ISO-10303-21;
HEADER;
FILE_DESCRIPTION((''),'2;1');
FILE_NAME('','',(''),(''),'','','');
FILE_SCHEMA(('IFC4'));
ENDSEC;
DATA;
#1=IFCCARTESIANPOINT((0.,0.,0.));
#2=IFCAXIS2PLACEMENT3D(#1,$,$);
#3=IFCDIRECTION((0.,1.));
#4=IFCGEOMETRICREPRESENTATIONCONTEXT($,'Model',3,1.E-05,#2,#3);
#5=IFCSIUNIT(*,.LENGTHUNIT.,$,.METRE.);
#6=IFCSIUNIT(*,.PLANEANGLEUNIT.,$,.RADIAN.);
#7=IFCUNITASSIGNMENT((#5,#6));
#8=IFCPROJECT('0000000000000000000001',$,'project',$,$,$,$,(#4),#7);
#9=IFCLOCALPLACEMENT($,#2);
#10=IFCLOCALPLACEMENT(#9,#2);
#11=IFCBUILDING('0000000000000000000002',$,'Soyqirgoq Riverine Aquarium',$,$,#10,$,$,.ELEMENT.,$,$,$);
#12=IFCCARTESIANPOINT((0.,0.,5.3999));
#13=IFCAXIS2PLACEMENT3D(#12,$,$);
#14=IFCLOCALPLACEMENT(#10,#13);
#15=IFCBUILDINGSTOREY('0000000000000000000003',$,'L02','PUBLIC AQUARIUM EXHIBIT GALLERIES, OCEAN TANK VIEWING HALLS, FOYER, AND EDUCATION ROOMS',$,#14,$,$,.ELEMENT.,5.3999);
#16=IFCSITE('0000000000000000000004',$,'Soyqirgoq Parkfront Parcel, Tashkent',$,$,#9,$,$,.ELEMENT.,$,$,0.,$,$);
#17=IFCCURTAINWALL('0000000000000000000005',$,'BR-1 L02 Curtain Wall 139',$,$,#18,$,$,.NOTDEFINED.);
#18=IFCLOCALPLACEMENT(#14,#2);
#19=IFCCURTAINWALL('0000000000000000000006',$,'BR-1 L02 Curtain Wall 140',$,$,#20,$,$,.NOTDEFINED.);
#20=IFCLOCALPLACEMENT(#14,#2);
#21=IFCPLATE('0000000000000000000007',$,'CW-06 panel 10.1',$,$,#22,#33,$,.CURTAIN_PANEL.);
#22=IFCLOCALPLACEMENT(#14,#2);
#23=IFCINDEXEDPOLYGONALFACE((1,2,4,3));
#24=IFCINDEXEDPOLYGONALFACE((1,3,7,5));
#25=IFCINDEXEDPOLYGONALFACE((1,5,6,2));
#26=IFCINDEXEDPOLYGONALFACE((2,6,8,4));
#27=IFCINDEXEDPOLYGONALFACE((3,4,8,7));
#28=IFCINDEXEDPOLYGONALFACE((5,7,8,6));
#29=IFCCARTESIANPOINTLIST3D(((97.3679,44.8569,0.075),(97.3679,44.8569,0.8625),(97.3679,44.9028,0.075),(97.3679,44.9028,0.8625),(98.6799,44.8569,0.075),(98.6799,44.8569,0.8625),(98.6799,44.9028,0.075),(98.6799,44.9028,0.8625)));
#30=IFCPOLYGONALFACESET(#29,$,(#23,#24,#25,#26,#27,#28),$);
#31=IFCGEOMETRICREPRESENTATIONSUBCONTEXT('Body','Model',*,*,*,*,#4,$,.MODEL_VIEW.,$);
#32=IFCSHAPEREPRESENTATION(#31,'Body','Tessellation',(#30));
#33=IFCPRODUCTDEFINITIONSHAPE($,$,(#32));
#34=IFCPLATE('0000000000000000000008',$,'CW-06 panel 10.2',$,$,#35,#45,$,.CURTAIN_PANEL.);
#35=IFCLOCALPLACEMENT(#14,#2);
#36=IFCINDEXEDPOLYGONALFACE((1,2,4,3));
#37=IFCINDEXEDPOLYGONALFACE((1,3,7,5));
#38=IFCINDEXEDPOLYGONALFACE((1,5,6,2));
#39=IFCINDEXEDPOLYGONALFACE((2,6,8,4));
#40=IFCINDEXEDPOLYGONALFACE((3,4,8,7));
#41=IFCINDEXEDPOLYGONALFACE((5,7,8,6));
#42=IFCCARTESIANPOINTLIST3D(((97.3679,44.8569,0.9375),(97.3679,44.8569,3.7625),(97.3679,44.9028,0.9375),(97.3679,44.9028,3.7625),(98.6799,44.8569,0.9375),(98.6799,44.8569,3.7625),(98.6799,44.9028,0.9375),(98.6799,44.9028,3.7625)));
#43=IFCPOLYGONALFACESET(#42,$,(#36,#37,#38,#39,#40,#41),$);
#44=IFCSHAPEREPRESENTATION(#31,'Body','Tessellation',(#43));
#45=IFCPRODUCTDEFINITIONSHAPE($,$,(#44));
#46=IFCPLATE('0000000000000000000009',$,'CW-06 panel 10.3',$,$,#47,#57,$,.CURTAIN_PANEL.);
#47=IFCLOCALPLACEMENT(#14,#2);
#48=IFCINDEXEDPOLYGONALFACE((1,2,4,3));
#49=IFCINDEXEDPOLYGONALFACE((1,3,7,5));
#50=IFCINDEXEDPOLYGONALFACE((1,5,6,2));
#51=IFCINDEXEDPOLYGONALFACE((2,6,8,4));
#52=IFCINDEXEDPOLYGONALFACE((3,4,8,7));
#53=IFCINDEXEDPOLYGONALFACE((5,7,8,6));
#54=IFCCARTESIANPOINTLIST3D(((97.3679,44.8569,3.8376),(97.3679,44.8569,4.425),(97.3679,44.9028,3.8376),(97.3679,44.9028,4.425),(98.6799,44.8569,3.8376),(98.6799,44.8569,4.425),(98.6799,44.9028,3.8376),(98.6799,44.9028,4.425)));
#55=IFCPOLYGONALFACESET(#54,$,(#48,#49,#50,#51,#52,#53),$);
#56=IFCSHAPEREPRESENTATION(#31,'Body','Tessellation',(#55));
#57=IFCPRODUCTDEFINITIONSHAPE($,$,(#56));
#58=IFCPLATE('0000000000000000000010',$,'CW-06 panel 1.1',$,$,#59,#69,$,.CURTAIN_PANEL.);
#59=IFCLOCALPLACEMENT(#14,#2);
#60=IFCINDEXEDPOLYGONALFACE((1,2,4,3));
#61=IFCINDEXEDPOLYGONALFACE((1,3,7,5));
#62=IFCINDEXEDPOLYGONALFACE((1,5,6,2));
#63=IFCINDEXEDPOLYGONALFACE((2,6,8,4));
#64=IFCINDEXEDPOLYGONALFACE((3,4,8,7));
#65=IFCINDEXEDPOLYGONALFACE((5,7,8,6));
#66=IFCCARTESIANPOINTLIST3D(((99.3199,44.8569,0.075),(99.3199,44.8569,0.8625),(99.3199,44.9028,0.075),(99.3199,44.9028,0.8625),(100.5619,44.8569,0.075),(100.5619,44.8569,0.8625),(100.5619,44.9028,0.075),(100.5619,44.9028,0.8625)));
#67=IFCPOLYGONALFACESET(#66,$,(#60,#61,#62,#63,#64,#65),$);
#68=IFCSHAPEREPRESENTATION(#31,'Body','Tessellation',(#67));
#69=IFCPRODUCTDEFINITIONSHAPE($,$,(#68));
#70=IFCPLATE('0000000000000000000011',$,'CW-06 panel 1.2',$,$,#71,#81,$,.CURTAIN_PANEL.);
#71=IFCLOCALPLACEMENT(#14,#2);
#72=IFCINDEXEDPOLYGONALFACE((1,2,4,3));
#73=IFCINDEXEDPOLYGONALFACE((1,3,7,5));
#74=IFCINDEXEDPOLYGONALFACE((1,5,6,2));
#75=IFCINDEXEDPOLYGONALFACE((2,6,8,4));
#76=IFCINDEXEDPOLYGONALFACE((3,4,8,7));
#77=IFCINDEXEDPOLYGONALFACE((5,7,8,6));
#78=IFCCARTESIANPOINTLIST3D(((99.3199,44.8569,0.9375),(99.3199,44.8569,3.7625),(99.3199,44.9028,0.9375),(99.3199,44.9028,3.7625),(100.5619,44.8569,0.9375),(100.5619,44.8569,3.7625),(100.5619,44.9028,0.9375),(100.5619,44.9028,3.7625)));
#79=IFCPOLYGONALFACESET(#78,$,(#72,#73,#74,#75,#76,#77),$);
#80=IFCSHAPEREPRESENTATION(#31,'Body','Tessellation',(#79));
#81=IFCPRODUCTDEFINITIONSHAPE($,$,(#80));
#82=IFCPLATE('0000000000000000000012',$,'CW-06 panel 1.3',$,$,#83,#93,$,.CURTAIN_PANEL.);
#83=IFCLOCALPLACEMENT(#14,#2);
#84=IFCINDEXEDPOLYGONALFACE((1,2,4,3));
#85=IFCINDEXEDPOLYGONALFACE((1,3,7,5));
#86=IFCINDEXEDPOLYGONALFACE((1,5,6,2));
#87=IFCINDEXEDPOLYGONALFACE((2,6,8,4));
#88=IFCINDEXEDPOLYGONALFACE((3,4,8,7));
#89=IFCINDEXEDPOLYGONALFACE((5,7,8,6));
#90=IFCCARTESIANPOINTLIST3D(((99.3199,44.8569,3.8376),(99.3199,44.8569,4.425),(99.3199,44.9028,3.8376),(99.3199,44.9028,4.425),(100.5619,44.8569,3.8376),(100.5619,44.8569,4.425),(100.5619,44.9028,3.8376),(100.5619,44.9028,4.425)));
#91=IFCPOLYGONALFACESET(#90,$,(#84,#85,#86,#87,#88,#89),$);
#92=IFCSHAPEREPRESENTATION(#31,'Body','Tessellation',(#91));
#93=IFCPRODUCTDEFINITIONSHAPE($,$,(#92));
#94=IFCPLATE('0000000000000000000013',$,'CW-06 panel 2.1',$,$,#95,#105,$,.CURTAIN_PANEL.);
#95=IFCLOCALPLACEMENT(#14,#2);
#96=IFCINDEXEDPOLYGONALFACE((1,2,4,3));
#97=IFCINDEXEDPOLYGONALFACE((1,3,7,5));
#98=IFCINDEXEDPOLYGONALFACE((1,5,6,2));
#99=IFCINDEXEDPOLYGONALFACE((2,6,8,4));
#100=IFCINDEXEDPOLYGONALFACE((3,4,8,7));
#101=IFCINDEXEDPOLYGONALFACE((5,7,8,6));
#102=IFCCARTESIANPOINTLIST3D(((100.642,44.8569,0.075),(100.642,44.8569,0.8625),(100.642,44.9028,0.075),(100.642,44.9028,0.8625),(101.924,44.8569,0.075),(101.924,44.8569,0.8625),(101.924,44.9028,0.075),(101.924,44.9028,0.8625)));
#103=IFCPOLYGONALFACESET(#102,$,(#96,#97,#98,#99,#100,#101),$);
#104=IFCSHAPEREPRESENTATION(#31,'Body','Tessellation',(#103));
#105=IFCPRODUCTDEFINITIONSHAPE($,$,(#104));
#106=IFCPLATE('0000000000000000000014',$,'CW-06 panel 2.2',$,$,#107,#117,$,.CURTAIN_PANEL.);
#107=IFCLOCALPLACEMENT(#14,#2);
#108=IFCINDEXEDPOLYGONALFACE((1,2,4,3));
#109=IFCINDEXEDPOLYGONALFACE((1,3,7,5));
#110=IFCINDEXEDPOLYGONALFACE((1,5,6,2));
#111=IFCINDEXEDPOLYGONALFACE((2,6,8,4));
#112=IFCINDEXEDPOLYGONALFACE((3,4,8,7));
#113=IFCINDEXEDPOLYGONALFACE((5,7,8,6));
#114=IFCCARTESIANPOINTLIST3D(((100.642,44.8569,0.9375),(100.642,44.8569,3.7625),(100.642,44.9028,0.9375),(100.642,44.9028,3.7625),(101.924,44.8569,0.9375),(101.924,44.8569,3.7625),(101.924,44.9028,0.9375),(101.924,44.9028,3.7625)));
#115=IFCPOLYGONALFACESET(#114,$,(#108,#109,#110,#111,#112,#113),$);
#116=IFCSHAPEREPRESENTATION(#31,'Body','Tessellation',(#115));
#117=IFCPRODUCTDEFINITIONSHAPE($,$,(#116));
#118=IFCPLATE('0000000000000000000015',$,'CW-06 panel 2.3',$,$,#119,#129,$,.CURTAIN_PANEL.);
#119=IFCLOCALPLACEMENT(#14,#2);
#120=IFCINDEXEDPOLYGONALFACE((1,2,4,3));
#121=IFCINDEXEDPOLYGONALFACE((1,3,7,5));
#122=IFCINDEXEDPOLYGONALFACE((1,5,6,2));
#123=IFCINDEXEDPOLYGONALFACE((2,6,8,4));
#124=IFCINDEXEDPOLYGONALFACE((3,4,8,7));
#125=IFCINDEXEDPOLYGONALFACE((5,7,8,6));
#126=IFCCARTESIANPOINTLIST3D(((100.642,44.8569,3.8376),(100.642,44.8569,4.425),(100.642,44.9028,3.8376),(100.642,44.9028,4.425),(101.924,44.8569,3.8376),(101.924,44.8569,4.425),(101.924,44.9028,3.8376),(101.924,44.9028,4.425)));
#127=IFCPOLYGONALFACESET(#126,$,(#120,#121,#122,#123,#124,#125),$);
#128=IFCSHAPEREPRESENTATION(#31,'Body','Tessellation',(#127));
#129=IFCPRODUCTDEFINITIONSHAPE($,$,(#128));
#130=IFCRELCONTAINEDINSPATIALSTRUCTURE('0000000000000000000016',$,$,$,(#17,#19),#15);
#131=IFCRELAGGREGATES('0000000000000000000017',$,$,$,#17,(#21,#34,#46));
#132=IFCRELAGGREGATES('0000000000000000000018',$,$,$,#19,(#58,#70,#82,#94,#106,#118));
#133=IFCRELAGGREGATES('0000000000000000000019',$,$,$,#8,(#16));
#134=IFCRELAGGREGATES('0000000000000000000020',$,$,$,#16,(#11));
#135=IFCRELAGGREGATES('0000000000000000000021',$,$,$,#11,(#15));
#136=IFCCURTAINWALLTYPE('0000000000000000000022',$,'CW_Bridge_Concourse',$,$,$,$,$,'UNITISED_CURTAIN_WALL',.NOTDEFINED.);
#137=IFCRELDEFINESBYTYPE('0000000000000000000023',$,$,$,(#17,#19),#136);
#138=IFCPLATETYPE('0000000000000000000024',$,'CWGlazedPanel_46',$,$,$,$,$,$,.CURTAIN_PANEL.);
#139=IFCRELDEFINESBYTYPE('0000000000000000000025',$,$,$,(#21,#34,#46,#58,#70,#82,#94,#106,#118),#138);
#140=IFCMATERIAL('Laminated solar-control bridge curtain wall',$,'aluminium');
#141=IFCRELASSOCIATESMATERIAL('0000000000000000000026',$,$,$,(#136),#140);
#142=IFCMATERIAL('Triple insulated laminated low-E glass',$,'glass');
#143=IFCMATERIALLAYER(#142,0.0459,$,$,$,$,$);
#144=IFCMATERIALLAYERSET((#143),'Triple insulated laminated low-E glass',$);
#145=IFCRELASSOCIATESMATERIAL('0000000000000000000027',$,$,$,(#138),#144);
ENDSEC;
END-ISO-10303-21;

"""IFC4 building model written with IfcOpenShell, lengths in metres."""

from ifc_helpers import new_model, si_unit, direction, frame, origin, origin_2d, place, context, subcontext, project, spatial, rectangle, extrude, material, layer, layer_set, type_object, element, aggregate, save


model = new_model("IFC4")

# Units and contexts
model_context = context("Model", 3, precision=1e-05, world=origin(), true_north=direction((0.0, 1.0)))
body_context = subcontext(model_context, "Body", "Model", "MODEL_VIEW")
ifc_project = project(units=[si_unit("LENGTHUNIT", "METRE"), si_unit("PLANEANGLEUNIT", "RADIAN")], contexts=[model_context])

# Site, building, storey
site_placement = place(None, origin())
site = spatial("IfcSite", under=ifc_project, at=site_placement, Name="Soyqirgoq Parkfront Parcel, Tashkent", CompositionType="ELEMENT", RefElevation=0.0)
building_placement = place(site_placement, origin())
building = spatial("IfcBuilding", under=site, at=building_placement, Name="Soyqirgoq Riverine Aquarium", CompositionType="ELEMENT")
storey_placement = place(building_placement, frame((0.0, 0.0, 5.3999)))
storey = spatial("IfcBuildingStorey", under=building, at=storey_placement, Name="L02", Description="PUBLIC AQUARIUM EXHIBIT GALLERIES, OCEAN TANK VIEWING HALLS, FOYER, AND EDUCATION ROOMS", CompositionType="ELEMENT", Elevation=5.3999)

# Curtain wall
ifc_material_1 = material(Name="Laminated solar-control bridge curtain wall", Category="aluminium")
curtain_wall_type = type_object("IfcCurtainWallType", Name="CW_Bridge_Concourse", ElementType="UNITISED_CURTAIN_WALL", PredefinedType="NOTDEFINED", material=ifc_material_1)
curtain_wall_1_placement = place(storey_placement, origin())
curtain_wall_1 = element("IfcCurtainWall", 1, at=curtain_wall_1_placement, inside=storey, type_object=curtain_wall_type, Name="BR-1 L02 Curtain Wall 139", PredefinedType="NOTDEFINED")

# Curtain wall
curtain_wall_2_placement = place(storey_placement, origin())
curtain_wall_2 = element("IfcCurtainWall", 2, at=curtain_wall_2_placement, inside=storey, type_object=curtain_wall_type, Name="BR-1 L02 Curtain Wall 140", PredefinedType="NOTDEFINED")

# Plates
ifc_material_2 = material(Name="Triple insulated laminated low-E glass", Category="glass")
ifc_layer = layer(ifc_material_2, 0.0459)
ifc_layer_set = layer_set([ifc_layer], Name="Triple insulated laminated low-E glass")
plate_type = type_object("IfcPlateType", Name="CWGlazedPanel_46", PredefinedType="CURTAIN_PANEL", material=ifc_layer_set)
plate_1_placement = place(storey_placement, frame((98.0239, 44.8799, 0.075), z_axis=(0.0, 0.0, 1.0), x_axis=(1.0, 0.0, 0.0)))
plate_1 = element("IfcPlate", 3, at=plate_1_placement, type_object=plate_type, Name="CW-06 panel 10.1", PredefinedType="CURTAIN_PANEL", context=body_context, shape_type="SweptSolid", body=[
    extrude(rectangle(XDim=1.312, YDim=0.0459, at=origin_2d()), origin(), (0.0, 0.0, 1.0), 0.7876),
])
plate_2_placement = place(storey_placement, frame((98.0239, 44.8799, 0.9375), z_axis=(0.0, 0.0, 1.0), x_axis=(1.0, 0.0, 0.0)))
plate_2 = element("IfcPlate", 4, at=plate_2_placement, type_object=plate_type, Name="CW-06 panel 10.2", PredefinedType="CURTAIN_PANEL", context=body_context, shape_type="SweptSolid", body=[
    extrude(rectangle(XDim=1.312, YDim=0.0459, at=origin_2d()), origin(), (0.0, 0.0, 1.0), 2.825),
])
plate_3_placement = place(storey_placement, frame((98.0239, 44.8799, 3.8376), z_axis=(0.0, 0.0, 1.0), x_axis=(1.0, 0.0, 0.0)))
plate_3 = element("IfcPlate", 5, at=plate_3_placement, type_object=plate_type, Name="CW-06 panel 10.3", PredefinedType="CURTAIN_PANEL", context=body_context, shape_type="SweptSolid", body=[
    extrude(rectangle(XDim=1.312, YDim=0.0459, at=origin_2d()), origin(), (0.0, 0.0, 1.0), 0.5874),
])
aggregate(curtain_wall_1, [plate_1, plate_2, plate_3])
plate_4_placement = place(storey_placement, frame((99.9409, 44.8799, 0.075), z_axis=(0.0, 0.0, 1.0), x_axis=(1.0, 0.0, 0.0)))
plate_4 = element("IfcPlate", 6, at=plate_4_placement, type_object=plate_type, Name="CW-06 panel 1.1", PredefinedType="CURTAIN_PANEL", context=body_context, shape_type="SweptSolid", body=[
    extrude(rectangle(XDim=1.2419, YDim=0.0459, at=origin_2d()), origin(), (0.0, 0.0, 1.0), 0.7876),
])
plate_5_placement = place(storey_placement, frame((99.9409, 44.8799, 0.9375), z_axis=(0.0, 0.0, 1.0), x_axis=(1.0, 0.0, 0.0)))
plate_5 = element("IfcPlate", 7, at=plate_5_placement, type_object=plate_type, Name="CW-06 panel 1.2", PredefinedType="CURTAIN_PANEL", context=body_context, shape_type="SweptSolid", body=[
    extrude(rectangle(XDim=1.2419, YDim=0.0459, at=origin_2d()), origin(), (0.0, 0.0, 1.0), 2.825),
])
plate_6_placement = place(storey_placement, frame((99.9409, 44.8799, 3.8376), z_axis=(0.0, 0.0, 1.0), x_axis=(1.0, 0.0, 0.0)))
plate_6 = element("IfcPlate", 8, at=plate_6_placement, type_object=plate_type, Name="CW-06 panel 1.3", PredefinedType="CURTAIN_PANEL", context=body_context, shape_type="SweptSolid", body=[
    extrude(rectangle(XDim=1.2419, YDim=0.0459, at=origin_2d()), origin(), (0.0, 0.0, 1.0), 0.5874),
])
plate_7_placement = place(storey_placement, frame((101.283, 44.8799, 0.075), z_axis=(0.0, 0.0, 1.0), x_axis=(1.0, 0.0, 0.0)))
plate_7 = element("IfcPlate", 9, at=plate_7_placement, type_object=plate_type, Name="CW-06 panel 2.1", PredefinedType="CURTAIN_PANEL", context=body_context, shape_type="SweptSolid", body=[
    extrude(rectangle(XDim=1.282, YDim=0.0459, at=origin_2d()), origin(), (0.0, 0.0, 1.0), 0.7876),
])
plate_8_placement = place(storey_placement, frame((101.283, 44.8799, 0.9375), z_axis=(0.0, 0.0, 1.0), x_axis=(1.0, 0.0, 0.0)))
plate_8 = element("IfcPlate", 10, at=plate_8_placement, type_object=plate_type, Name="CW-06 panel 2.2", PredefinedType="CURTAIN_PANEL", context=body_context, shape_type="SweptSolid", body=[
    extrude(rectangle(XDim=1.282, YDim=0.0459, at=origin_2d()), origin(), (0.0, 0.0, 1.0), 2.825),
])
plate_9_placement = place(storey_placement, frame((101.283, 44.8799, 3.8376), z_axis=(0.0, 0.0, 1.0), x_axis=(1.0, 0.0, 0.0)))
plate_9 = element("IfcPlate", 11, at=plate_9_placement, type_object=plate_type, Name="CW-06 panel 2.3", PredefinedType="CURTAIN_PANEL", context=body_context, shape_type="SweptSolid", body=[
    extrude(rectangle(XDim=1.282, YDim=0.0459, at=origin_2d()), origin(), (0.0, 0.0, 1.0), 0.5874),
])
aggregate(curtain_wall_2, [plate_4, plate_5, plate_6, plate_7, plate_8, plate_9])

save(model, "model.ifc")
